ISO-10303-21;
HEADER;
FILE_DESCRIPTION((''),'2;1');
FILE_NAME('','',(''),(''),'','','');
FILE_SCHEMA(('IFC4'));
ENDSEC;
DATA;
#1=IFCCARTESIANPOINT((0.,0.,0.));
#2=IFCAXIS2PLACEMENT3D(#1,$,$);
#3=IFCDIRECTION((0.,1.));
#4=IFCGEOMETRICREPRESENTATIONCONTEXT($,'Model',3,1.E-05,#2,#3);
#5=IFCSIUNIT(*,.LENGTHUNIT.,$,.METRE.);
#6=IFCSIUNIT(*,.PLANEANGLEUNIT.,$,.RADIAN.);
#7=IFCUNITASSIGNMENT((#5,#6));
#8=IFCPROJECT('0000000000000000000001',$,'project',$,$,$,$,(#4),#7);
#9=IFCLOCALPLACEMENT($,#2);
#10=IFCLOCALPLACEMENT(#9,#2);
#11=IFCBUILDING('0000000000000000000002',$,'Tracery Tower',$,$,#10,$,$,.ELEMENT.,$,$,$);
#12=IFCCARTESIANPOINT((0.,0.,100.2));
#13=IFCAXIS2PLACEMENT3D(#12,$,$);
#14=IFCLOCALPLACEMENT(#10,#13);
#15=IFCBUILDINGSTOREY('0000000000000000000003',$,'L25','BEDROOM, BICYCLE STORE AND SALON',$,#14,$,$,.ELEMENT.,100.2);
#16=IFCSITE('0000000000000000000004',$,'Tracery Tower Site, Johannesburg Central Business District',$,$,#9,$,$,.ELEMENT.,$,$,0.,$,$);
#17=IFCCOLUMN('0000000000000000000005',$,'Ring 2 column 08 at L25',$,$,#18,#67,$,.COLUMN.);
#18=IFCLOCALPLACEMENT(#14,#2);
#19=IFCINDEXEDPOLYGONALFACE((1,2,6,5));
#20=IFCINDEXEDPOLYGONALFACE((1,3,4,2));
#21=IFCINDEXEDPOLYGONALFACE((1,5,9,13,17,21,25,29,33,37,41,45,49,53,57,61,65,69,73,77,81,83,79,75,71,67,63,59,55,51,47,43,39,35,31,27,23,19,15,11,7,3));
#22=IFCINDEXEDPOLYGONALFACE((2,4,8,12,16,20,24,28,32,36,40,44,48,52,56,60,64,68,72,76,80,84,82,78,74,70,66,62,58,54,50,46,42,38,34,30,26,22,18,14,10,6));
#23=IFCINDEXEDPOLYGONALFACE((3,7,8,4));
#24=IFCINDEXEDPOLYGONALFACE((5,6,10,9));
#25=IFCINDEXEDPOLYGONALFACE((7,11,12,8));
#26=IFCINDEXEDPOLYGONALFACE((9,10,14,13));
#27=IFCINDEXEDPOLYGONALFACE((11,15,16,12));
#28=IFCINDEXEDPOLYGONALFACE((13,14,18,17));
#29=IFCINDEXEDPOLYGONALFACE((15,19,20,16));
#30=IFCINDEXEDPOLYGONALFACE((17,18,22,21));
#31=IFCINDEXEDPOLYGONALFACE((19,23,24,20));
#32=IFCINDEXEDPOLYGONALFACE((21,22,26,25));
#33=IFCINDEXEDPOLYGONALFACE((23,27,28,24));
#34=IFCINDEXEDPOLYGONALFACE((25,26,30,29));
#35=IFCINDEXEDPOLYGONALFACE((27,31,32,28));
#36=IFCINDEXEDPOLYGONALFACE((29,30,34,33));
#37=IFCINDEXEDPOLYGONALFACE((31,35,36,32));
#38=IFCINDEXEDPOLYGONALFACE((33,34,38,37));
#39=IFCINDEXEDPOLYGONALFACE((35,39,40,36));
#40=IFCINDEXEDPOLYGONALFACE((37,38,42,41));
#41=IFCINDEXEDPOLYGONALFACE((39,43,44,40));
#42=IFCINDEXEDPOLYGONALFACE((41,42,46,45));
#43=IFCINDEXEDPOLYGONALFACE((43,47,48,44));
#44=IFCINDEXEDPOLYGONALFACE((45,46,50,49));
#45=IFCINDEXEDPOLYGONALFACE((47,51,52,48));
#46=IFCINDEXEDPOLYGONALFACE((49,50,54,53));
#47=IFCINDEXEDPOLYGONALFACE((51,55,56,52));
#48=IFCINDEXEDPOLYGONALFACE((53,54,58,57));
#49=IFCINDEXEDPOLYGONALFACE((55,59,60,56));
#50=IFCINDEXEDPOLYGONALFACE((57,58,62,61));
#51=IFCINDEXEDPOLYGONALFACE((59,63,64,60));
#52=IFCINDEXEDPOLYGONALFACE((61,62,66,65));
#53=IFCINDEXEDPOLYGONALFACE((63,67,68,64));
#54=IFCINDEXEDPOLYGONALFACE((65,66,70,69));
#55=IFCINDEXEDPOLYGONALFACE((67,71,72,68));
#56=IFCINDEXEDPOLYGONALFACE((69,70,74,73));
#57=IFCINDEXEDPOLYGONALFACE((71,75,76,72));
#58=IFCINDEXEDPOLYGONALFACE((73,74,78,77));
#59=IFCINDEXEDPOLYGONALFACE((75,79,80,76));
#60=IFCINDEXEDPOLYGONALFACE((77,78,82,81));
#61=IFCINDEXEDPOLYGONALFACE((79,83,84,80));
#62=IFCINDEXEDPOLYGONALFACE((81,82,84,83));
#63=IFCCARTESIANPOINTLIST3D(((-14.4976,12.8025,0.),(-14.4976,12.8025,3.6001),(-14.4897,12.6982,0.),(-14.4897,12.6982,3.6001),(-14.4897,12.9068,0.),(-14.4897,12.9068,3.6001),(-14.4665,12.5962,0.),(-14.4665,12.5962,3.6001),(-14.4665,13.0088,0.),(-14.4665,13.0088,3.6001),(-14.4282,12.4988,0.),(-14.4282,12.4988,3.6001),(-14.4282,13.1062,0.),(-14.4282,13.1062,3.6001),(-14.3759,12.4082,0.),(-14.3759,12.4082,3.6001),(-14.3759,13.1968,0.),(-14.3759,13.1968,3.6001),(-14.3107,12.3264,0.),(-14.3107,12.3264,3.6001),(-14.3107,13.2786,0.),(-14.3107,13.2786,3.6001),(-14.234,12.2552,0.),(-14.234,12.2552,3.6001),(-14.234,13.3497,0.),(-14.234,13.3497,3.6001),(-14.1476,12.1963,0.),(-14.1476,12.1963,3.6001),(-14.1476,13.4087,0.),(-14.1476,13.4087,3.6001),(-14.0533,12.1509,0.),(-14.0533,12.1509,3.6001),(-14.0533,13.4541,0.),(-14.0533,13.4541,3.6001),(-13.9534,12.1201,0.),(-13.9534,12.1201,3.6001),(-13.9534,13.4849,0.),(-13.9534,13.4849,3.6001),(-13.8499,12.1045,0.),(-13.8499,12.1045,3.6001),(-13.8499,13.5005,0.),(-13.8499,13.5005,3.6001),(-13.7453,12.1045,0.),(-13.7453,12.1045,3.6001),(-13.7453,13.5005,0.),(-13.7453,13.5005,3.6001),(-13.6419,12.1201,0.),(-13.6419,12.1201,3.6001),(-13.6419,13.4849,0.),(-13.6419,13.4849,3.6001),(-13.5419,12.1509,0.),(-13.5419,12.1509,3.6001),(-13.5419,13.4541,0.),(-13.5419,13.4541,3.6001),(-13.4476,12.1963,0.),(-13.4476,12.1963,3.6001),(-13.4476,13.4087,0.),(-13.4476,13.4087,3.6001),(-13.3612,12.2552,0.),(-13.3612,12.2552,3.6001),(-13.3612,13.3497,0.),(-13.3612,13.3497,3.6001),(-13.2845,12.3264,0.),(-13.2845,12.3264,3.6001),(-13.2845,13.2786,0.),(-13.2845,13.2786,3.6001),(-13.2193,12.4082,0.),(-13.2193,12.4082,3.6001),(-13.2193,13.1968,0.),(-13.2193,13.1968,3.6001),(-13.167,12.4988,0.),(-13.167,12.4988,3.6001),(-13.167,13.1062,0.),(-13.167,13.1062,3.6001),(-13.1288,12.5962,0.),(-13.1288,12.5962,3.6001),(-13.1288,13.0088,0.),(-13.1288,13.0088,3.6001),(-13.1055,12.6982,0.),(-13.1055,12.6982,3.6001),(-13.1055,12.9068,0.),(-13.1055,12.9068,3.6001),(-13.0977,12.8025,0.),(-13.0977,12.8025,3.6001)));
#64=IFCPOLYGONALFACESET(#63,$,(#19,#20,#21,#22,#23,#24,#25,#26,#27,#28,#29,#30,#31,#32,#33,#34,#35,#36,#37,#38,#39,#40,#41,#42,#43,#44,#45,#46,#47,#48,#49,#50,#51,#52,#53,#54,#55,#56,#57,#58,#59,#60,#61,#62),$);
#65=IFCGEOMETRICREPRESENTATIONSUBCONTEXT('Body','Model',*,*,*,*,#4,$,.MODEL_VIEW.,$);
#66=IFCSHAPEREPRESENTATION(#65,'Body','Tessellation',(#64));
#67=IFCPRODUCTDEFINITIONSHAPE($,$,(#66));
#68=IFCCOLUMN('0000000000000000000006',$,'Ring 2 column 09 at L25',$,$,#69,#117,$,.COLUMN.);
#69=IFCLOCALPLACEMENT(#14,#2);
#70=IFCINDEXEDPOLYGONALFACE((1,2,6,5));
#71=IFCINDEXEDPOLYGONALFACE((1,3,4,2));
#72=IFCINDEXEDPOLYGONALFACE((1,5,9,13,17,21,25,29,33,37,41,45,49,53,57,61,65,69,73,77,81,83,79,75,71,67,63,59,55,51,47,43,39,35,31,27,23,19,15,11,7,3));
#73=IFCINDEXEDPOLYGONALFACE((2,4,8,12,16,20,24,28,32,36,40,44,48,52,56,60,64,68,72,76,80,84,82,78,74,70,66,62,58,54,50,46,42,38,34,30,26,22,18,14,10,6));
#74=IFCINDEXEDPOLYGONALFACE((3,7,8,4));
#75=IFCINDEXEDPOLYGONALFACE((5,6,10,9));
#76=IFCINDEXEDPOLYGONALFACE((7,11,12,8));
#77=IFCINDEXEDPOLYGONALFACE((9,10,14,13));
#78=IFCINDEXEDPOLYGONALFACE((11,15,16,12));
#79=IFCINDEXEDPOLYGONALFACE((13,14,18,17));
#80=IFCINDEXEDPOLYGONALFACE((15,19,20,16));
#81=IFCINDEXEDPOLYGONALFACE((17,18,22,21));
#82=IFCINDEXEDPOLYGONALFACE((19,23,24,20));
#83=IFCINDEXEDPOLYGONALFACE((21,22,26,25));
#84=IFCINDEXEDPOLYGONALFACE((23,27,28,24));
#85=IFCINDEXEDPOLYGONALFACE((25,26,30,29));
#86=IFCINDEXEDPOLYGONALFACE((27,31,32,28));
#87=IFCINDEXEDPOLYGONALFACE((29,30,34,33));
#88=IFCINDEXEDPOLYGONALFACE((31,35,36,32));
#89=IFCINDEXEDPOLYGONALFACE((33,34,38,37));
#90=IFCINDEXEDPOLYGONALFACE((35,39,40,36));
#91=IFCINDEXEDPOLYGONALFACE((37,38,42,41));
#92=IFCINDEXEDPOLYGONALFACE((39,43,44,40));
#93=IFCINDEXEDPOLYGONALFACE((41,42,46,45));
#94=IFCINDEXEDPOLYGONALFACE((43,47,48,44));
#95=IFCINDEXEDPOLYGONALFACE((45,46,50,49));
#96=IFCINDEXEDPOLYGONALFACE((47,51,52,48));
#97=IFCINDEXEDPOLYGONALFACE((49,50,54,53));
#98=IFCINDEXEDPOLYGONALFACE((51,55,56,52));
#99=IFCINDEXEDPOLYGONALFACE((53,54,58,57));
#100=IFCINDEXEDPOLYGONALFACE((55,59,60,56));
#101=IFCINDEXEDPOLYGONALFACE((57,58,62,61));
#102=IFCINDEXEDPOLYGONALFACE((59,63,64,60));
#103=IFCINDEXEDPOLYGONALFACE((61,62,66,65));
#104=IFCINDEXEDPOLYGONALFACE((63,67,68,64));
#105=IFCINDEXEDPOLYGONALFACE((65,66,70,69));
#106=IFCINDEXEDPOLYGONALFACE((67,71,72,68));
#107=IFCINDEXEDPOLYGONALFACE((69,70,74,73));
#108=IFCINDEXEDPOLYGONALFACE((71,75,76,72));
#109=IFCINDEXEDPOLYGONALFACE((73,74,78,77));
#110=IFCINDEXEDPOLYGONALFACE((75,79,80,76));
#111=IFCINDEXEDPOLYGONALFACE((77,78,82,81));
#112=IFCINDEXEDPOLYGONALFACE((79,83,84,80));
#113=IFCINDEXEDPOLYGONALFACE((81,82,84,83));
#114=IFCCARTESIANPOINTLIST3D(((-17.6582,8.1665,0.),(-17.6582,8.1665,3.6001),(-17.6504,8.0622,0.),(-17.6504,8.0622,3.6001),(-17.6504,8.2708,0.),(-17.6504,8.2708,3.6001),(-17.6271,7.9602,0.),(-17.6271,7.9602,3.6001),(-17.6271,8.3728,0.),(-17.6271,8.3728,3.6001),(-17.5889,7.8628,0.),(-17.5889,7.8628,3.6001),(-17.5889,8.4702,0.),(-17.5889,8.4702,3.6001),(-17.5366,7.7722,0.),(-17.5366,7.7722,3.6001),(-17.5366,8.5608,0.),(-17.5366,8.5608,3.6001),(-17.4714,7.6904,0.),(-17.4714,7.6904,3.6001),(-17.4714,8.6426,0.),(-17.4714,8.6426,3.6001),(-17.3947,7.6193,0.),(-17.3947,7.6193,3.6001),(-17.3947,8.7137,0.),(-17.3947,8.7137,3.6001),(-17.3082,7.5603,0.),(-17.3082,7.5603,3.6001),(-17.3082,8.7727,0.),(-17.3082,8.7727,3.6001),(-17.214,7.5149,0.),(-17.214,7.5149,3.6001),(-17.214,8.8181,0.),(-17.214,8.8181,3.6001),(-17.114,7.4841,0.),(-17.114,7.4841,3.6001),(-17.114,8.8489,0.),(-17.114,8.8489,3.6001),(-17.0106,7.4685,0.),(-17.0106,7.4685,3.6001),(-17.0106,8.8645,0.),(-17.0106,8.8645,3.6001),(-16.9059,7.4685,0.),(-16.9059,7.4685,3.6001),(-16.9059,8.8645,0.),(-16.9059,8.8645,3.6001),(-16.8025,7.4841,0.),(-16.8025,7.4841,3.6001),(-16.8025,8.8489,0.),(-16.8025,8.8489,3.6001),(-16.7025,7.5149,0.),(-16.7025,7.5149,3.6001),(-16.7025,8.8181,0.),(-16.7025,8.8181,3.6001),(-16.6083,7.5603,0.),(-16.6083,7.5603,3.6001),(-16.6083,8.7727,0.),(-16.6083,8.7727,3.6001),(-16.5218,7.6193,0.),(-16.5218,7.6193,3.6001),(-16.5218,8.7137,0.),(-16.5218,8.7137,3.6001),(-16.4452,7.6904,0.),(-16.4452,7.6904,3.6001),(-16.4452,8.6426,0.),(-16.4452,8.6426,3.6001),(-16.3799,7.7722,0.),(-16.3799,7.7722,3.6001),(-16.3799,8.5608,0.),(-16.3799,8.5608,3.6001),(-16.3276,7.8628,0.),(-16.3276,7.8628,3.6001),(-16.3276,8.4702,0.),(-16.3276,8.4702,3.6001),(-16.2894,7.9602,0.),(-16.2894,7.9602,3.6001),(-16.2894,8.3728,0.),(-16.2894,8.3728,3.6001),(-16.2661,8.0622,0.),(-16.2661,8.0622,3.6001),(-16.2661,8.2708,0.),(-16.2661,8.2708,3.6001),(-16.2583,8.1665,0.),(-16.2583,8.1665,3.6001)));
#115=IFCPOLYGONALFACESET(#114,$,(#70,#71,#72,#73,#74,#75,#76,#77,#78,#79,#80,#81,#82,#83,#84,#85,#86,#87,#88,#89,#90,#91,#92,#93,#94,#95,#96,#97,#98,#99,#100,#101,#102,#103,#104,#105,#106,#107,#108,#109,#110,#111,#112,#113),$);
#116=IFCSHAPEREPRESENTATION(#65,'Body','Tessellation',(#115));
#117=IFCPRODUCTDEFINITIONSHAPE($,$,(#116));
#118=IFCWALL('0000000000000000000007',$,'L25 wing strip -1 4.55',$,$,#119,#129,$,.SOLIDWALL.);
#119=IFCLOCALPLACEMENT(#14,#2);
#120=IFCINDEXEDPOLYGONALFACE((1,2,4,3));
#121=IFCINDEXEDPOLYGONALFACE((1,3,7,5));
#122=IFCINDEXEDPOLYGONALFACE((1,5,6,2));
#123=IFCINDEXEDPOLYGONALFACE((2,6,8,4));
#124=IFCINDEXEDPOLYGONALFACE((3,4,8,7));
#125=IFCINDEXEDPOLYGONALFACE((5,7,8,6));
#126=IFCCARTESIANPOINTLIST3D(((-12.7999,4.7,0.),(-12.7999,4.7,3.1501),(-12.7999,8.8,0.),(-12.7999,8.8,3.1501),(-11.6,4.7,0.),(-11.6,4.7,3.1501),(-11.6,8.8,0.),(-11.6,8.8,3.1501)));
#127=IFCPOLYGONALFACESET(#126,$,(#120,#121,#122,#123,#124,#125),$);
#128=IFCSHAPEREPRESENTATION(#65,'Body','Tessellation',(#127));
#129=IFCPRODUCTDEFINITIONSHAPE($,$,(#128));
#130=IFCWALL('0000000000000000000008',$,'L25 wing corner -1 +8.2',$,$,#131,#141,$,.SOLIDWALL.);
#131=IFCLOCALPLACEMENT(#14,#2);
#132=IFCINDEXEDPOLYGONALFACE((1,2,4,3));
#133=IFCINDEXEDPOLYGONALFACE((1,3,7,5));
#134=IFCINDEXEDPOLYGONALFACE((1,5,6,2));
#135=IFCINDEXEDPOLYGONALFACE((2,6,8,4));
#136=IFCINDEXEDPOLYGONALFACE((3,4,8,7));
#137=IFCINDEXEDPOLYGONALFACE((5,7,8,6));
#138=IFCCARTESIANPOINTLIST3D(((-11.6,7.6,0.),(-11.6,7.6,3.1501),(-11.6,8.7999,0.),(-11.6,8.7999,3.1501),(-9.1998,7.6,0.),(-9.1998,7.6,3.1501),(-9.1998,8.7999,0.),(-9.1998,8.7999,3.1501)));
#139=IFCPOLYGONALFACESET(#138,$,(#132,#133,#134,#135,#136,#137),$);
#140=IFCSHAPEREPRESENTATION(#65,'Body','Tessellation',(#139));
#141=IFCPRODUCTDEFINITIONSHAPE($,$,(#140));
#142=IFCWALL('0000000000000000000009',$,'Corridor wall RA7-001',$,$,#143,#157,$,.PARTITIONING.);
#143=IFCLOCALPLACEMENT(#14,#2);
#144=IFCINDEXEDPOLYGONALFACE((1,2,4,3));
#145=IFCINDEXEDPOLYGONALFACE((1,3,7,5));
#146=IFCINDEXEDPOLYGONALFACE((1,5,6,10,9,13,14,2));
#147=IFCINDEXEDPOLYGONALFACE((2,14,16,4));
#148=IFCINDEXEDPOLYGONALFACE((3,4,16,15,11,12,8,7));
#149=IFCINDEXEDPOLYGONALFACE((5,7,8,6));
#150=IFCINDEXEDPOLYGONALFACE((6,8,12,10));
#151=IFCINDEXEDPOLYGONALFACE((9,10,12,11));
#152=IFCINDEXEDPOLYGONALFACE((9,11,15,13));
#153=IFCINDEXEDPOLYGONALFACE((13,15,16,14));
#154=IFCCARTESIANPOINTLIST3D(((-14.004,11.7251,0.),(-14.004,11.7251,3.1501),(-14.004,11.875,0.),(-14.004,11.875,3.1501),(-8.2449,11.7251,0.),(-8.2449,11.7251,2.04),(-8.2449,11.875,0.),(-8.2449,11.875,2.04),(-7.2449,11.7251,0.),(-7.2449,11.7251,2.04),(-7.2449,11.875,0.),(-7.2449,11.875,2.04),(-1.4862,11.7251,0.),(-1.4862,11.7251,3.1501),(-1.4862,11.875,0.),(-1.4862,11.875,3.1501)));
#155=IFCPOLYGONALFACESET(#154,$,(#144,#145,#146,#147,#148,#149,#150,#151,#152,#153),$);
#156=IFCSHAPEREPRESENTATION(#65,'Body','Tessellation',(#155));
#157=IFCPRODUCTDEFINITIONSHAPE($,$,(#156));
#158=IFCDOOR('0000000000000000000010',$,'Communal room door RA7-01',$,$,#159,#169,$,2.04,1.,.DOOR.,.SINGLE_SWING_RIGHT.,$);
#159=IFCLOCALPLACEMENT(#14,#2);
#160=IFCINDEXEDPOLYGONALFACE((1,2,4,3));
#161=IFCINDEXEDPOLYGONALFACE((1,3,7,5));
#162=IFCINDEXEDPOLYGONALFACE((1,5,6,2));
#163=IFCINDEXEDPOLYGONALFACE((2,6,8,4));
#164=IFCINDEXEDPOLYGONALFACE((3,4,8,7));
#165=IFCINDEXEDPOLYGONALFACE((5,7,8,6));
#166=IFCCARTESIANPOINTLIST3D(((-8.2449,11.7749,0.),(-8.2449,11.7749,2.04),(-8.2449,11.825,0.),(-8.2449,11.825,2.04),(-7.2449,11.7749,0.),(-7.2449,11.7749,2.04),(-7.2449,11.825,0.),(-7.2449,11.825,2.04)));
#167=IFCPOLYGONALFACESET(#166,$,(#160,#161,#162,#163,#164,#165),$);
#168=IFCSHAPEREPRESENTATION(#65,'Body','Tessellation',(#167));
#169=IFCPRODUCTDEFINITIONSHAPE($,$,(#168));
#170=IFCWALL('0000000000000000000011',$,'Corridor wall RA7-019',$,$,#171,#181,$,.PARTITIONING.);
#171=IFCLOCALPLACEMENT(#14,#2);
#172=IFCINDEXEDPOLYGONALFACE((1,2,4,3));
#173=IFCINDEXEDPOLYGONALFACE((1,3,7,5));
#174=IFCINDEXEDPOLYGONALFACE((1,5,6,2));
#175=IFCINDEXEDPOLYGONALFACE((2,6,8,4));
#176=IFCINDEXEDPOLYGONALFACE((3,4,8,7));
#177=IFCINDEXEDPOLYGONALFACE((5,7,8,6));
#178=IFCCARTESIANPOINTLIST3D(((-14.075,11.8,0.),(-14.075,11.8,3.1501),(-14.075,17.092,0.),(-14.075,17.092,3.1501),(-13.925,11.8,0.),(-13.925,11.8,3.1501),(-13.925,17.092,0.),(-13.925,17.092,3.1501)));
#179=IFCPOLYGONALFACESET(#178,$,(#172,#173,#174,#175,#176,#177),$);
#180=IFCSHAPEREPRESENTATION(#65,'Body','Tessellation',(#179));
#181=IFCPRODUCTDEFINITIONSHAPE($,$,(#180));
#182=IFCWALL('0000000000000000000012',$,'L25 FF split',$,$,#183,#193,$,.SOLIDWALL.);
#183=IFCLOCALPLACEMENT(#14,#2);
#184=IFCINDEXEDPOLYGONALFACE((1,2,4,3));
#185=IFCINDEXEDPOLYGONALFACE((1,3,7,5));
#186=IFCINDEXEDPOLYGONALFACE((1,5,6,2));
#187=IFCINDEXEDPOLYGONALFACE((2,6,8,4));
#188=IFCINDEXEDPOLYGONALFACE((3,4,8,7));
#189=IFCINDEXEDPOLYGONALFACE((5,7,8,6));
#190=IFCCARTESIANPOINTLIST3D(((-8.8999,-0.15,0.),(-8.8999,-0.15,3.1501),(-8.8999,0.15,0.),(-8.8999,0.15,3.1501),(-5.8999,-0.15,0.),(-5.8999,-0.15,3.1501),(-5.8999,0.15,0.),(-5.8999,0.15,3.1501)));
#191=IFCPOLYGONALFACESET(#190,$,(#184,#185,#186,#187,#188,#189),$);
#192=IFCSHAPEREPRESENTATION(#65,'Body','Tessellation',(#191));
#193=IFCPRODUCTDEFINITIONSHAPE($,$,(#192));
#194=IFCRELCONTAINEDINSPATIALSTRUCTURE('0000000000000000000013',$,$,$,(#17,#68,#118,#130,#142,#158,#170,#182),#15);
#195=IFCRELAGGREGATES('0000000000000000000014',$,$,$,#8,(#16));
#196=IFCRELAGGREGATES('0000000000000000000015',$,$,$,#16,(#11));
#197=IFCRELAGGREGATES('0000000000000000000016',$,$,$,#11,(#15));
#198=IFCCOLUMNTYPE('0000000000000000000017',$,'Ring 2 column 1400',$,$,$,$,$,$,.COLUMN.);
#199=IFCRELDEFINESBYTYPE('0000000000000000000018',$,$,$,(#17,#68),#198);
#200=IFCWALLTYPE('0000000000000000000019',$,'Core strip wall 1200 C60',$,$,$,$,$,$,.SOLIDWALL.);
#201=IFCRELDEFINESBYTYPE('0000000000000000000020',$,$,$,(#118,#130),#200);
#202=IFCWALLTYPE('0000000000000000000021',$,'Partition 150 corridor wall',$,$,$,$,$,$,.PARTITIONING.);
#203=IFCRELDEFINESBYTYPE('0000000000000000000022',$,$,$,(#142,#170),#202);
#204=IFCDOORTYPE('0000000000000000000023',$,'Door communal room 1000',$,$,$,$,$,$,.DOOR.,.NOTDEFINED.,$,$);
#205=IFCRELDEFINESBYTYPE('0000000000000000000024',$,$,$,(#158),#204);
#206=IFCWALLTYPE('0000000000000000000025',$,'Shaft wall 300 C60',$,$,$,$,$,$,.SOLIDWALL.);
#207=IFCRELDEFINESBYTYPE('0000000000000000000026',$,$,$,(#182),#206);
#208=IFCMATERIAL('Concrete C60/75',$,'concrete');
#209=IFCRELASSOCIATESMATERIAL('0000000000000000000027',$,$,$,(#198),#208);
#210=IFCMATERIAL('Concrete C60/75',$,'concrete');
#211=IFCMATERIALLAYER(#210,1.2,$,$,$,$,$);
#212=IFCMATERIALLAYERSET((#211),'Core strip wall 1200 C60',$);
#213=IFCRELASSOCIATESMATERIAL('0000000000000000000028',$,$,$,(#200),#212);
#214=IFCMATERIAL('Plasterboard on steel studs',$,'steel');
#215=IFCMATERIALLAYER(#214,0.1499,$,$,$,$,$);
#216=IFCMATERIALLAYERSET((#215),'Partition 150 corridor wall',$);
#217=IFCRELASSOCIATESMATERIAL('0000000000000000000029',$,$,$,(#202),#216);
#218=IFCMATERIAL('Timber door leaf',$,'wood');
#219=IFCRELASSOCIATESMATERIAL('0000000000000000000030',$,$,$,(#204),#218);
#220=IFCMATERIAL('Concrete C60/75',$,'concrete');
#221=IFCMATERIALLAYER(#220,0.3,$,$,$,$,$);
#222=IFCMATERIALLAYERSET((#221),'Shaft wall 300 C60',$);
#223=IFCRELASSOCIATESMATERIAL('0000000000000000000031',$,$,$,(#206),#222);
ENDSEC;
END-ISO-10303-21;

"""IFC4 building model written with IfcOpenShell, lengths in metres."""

from ifc_helpers import new_model, si_unit, direction, frame, frame_2d, origin, origin_2d, place, context, subcontext, project, spatial, rectangle, circle, extrude, material, layer, layer_set, material_profile, profile_set, type_object, element, fill, save


model = new_model("IFC4")

# Units and contexts
model_context = context("Model", 3, precision=1e-05, world=origin(), true_north=direction((0.0, 1.0)))
body_context = subcontext(model_context, "Body", "Model", "MODEL_VIEW")
ifc_project = project(units=[si_unit("LENGTHUNIT", "METRE"), si_unit("PLANEANGLEUNIT", "RADIAN")], contexts=[model_context])

# Site, building, storey
site_placement = place(None, origin())
site = spatial("IfcSite", under=ifc_project, at=site_placement, Name="Tracery Tower Site, Johannesburg Central Business District", CompositionType="ELEMENT", RefElevation=0.0)
building_placement = place(site_placement, origin())
building = spatial("IfcBuilding", under=site, at=building_placement, Name="Tracery Tower", CompositionType="ELEMENT")
storey_placement = place(building_placement, frame((0.0, 0.0, 100.2)))
storey = spatial("IfcBuildingStorey", under=building, at=storey_placement, Name="L25", Description="BEDROOM, BICYCLE STORE AND SALON", CompositionType="ELEMENT", Elevation=100.2)

# Columns
ifc_material_1 = material(Name="Concrete C60/75", Category="concrete")
ifc_material_profile = material_profile(ifc_material_1, circle(Radius=0.7, at=origin_2d()), Name="RC D1400")
ifc_profile_set = profile_set([ifc_material_profile], Name="Concrete C60/75")
column_type = type_object("IfcColumnType", Name="Ring 2 column 1400", PredefinedType="COLUMN", material=ifc_profile_set)
for number, where, z_axis, x_axis, name in (
    (1, (-13.7976, 12.8025, 0.0), (0.0, 0.0, 1.0), (1.0, 0.0, 0.0), "Ring 2 column 08 at L25"),
    (2, (-16.9583, 8.1665, 0.0), (0.0, 0.0, 1.0), (1.0, 0.0, 0.0), "Ring 2 column 09 at L25"),
):
    element("IfcColumn", number, at=place(storey_placement, frame(where, z_axis=z_axis, x_axis=x_axis)), inside=storey, type_object=column_type, Name=name, PredefinedType="COLUMN", context=body_context, shape_type="SweptSolid", body=[
        extrude(circle(Radius=0.7, at=origin_2d()), origin(), (0.0, 0.0, 1.0), 3.6001),
    ])

# Walls
ifc_material_2 = material(Name="Concrete C60/75", Category="concrete")
ifc_layer_1 = layer(ifc_material_2, 1.2)
ifc_layer_set_1 = layer_set([ifc_layer_1], Name="Core strip wall 1200 C60")
wall_type_1 = type_object("IfcWallType", Name="Core strip wall 1200 C60", PredefinedType="SOLIDWALL", material=ifc_layer_set_1)
wall_1_placement = place(storey_placement, frame((-12.2, 4.7, 0.0), z_axis=(0.0, 0.0, 1.0), x_axis=(0.0, 1.0, 0.0)))
element("IfcWall", 3, at=wall_1_placement, inside=storey, type_object=wall_type_1, Name="L25 wing strip -1 4.55", PredefinedType="SOLIDWALL", context=body_context, shape_type="SweptSolid", body=[
    extrude(rectangle(XDim=4.1001, YDim=1.2, at=frame_2d((2.05, 0.0))), origin(), (0.0, 0.0, 1.0), 3.1501),
])
wall_2_placement = place(storey_placement, frame((-11.6001, 8.2, 0.0), z_axis=(0.0, 0.0, 1.0), x_axis=(1.0, 0.0, 0.0)))
element("IfcWall", 4, at=wall_2_placement, inside=storey, type_object=wall_type_1, Name="L25 wing corner -1 +8.2", PredefinedType="SOLIDWALL", context=body_context, shape_type="SweptSolid", body=[
    extrude(rectangle(XDim=2.4001, YDim=1.2, at=frame_2d((1.2002, 0.0))), origin(), (0.0, 0.0, 1.0), 3.1501),
])

# Wall, opening, door
ifc_material_3 = material(Name="Plasterboard on steel studs", Category="steel")
ifc_layer_2 = layer(ifc_material_3, 0.1499)
ifc_layer_set_2 = layer_set([ifc_layer_2], Name="Partition 150 corridor wall")
wall_type_2 = type_object("IfcWallType", Name="Partition 150 corridor wall", PredefinedType="PARTITIONING", material=ifc_layer_set_2)
wall_3_placement = place(storey_placement, frame((-14.0039, 11.8, 0.0), z_axis=(0.0, 0.0, 1.0), x_axis=(1.0, 0.0, 0.0)))
wall_3 = element("IfcWall", 5, at=wall_3_placement, inside=storey, type_object=wall_type_2, Name="Corridor wall RA7-001", PredefinedType="PARTITIONING", context=body_context, shape_type="SweptSolid", body=[
    extrude(rectangle(XDim=12.5178, YDim=0.1499, at=frame_2d((6.2588, 0.0))), origin(), (0.0, 0.0, 1.0), 3.1501),
])
opening_1_placement = place(wall_3_placement, frame((5.759, 0.0, 0.0)))
opening_1 = element("IfcOpeningElement", 6, at=opening_1_placement, cuts=wall_3, PredefinedType="OPENING", context=body_context, shape_type="SweptSolid", body=[
    extrude(rectangle(XDim=1.0, YDim=2.04, at=frame_2d((0.5, 1.02))), frame((0.0, 0.075, 0.0), z_axis=(0.0, -1.0, 0.0), x_axis=(1.0, 0.0, 0.0)), (0.0, 0.0, 1.0), 0.1499),
])
ifc_material_4 = material(Name="Timber door leaf", Category="wood")
door_type_1 = type_object("IfcDoorType", Name="Door communal room 1000", OperationType="NOTDEFINED", PredefinedType="DOOR", material=ifc_material_4)
door_1_placement = place(opening_1_placement, origin())
door_1 = element("IfcDoor", 7, at=door_1_placement, inside=storey, type_object=door_type_1, Name="Communal room door RA7-01", OperationType="SINGLE_SWING_RIGHT", OverallHeight=2.04, OverallWidth=1.0, PredefinedType="DOOR", context=body_context, shape_type="SweptSolid", body=[
    extrude(rectangle(XDim=1.0, YDim=2.04, at=frame_2d((0.5, 1.02))), frame((0.0, 0.0249, 0.0), z_axis=(0.0, -1.0, 0.0), x_axis=(1.0, 0.0, 0.0)), (0.0, 0.0, 1.0), 0.05),
])
fill(opening_1, door_1)

# Walls
wall_4_placement = place(storey_placement, frame((-14.0, 11.8, 0.0), z_axis=(0.0, 0.0, 1.0), x_axis=(0.0, 1.0, 0.0)))
element("IfcWall", 8, at=wall_4_placement, inside=storey, type_object=wall_type_2, Name="Corridor wall RA7-019", PredefinedType="PARTITIONING", context=body_context, shape_type="SweptSolid", body=[
    extrude(rectangle(XDim=5.292, YDim=0.1499, at=frame_2d((2.646, 0.0))), origin(), (0.0, 0.0, 1.0), 3.1501),
])
ifc_material_5 = material(Name="Concrete C60/75", Category="concrete")
ifc_layer_3 = layer(ifc_material_5, 0.3)
ifc_layer_set_3 = layer_set([ifc_layer_3], Name="Shaft wall 300 C60")
wall_type_3 = type_object("IfcWallType", Name="Shaft wall 300 C60", PredefinedType="SOLIDWALL", material=ifc_layer_set_3)
wall_5_placement = place(storey_placement, frame((-8.8999, 0.0, 0.0), z_axis=(0.0, 0.0, 1.0), x_axis=(1.0, 0.0, 0.0)))
element("IfcWall", 9, at=wall_5_placement, inside=storey, type_object=wall_type_3, Name="L25 FF split", PredefinedType="SOLIDWALL", context=body_context, shape_type="SweptSolid", body=[
    extrude(rectangle(XDim=3.0, YDim=0.3, at=frame_2d((1.5, 0.0))), origin(), (0.0, 0.0, 1.0), 3.1501),
])

save(model, "model.ifc")
